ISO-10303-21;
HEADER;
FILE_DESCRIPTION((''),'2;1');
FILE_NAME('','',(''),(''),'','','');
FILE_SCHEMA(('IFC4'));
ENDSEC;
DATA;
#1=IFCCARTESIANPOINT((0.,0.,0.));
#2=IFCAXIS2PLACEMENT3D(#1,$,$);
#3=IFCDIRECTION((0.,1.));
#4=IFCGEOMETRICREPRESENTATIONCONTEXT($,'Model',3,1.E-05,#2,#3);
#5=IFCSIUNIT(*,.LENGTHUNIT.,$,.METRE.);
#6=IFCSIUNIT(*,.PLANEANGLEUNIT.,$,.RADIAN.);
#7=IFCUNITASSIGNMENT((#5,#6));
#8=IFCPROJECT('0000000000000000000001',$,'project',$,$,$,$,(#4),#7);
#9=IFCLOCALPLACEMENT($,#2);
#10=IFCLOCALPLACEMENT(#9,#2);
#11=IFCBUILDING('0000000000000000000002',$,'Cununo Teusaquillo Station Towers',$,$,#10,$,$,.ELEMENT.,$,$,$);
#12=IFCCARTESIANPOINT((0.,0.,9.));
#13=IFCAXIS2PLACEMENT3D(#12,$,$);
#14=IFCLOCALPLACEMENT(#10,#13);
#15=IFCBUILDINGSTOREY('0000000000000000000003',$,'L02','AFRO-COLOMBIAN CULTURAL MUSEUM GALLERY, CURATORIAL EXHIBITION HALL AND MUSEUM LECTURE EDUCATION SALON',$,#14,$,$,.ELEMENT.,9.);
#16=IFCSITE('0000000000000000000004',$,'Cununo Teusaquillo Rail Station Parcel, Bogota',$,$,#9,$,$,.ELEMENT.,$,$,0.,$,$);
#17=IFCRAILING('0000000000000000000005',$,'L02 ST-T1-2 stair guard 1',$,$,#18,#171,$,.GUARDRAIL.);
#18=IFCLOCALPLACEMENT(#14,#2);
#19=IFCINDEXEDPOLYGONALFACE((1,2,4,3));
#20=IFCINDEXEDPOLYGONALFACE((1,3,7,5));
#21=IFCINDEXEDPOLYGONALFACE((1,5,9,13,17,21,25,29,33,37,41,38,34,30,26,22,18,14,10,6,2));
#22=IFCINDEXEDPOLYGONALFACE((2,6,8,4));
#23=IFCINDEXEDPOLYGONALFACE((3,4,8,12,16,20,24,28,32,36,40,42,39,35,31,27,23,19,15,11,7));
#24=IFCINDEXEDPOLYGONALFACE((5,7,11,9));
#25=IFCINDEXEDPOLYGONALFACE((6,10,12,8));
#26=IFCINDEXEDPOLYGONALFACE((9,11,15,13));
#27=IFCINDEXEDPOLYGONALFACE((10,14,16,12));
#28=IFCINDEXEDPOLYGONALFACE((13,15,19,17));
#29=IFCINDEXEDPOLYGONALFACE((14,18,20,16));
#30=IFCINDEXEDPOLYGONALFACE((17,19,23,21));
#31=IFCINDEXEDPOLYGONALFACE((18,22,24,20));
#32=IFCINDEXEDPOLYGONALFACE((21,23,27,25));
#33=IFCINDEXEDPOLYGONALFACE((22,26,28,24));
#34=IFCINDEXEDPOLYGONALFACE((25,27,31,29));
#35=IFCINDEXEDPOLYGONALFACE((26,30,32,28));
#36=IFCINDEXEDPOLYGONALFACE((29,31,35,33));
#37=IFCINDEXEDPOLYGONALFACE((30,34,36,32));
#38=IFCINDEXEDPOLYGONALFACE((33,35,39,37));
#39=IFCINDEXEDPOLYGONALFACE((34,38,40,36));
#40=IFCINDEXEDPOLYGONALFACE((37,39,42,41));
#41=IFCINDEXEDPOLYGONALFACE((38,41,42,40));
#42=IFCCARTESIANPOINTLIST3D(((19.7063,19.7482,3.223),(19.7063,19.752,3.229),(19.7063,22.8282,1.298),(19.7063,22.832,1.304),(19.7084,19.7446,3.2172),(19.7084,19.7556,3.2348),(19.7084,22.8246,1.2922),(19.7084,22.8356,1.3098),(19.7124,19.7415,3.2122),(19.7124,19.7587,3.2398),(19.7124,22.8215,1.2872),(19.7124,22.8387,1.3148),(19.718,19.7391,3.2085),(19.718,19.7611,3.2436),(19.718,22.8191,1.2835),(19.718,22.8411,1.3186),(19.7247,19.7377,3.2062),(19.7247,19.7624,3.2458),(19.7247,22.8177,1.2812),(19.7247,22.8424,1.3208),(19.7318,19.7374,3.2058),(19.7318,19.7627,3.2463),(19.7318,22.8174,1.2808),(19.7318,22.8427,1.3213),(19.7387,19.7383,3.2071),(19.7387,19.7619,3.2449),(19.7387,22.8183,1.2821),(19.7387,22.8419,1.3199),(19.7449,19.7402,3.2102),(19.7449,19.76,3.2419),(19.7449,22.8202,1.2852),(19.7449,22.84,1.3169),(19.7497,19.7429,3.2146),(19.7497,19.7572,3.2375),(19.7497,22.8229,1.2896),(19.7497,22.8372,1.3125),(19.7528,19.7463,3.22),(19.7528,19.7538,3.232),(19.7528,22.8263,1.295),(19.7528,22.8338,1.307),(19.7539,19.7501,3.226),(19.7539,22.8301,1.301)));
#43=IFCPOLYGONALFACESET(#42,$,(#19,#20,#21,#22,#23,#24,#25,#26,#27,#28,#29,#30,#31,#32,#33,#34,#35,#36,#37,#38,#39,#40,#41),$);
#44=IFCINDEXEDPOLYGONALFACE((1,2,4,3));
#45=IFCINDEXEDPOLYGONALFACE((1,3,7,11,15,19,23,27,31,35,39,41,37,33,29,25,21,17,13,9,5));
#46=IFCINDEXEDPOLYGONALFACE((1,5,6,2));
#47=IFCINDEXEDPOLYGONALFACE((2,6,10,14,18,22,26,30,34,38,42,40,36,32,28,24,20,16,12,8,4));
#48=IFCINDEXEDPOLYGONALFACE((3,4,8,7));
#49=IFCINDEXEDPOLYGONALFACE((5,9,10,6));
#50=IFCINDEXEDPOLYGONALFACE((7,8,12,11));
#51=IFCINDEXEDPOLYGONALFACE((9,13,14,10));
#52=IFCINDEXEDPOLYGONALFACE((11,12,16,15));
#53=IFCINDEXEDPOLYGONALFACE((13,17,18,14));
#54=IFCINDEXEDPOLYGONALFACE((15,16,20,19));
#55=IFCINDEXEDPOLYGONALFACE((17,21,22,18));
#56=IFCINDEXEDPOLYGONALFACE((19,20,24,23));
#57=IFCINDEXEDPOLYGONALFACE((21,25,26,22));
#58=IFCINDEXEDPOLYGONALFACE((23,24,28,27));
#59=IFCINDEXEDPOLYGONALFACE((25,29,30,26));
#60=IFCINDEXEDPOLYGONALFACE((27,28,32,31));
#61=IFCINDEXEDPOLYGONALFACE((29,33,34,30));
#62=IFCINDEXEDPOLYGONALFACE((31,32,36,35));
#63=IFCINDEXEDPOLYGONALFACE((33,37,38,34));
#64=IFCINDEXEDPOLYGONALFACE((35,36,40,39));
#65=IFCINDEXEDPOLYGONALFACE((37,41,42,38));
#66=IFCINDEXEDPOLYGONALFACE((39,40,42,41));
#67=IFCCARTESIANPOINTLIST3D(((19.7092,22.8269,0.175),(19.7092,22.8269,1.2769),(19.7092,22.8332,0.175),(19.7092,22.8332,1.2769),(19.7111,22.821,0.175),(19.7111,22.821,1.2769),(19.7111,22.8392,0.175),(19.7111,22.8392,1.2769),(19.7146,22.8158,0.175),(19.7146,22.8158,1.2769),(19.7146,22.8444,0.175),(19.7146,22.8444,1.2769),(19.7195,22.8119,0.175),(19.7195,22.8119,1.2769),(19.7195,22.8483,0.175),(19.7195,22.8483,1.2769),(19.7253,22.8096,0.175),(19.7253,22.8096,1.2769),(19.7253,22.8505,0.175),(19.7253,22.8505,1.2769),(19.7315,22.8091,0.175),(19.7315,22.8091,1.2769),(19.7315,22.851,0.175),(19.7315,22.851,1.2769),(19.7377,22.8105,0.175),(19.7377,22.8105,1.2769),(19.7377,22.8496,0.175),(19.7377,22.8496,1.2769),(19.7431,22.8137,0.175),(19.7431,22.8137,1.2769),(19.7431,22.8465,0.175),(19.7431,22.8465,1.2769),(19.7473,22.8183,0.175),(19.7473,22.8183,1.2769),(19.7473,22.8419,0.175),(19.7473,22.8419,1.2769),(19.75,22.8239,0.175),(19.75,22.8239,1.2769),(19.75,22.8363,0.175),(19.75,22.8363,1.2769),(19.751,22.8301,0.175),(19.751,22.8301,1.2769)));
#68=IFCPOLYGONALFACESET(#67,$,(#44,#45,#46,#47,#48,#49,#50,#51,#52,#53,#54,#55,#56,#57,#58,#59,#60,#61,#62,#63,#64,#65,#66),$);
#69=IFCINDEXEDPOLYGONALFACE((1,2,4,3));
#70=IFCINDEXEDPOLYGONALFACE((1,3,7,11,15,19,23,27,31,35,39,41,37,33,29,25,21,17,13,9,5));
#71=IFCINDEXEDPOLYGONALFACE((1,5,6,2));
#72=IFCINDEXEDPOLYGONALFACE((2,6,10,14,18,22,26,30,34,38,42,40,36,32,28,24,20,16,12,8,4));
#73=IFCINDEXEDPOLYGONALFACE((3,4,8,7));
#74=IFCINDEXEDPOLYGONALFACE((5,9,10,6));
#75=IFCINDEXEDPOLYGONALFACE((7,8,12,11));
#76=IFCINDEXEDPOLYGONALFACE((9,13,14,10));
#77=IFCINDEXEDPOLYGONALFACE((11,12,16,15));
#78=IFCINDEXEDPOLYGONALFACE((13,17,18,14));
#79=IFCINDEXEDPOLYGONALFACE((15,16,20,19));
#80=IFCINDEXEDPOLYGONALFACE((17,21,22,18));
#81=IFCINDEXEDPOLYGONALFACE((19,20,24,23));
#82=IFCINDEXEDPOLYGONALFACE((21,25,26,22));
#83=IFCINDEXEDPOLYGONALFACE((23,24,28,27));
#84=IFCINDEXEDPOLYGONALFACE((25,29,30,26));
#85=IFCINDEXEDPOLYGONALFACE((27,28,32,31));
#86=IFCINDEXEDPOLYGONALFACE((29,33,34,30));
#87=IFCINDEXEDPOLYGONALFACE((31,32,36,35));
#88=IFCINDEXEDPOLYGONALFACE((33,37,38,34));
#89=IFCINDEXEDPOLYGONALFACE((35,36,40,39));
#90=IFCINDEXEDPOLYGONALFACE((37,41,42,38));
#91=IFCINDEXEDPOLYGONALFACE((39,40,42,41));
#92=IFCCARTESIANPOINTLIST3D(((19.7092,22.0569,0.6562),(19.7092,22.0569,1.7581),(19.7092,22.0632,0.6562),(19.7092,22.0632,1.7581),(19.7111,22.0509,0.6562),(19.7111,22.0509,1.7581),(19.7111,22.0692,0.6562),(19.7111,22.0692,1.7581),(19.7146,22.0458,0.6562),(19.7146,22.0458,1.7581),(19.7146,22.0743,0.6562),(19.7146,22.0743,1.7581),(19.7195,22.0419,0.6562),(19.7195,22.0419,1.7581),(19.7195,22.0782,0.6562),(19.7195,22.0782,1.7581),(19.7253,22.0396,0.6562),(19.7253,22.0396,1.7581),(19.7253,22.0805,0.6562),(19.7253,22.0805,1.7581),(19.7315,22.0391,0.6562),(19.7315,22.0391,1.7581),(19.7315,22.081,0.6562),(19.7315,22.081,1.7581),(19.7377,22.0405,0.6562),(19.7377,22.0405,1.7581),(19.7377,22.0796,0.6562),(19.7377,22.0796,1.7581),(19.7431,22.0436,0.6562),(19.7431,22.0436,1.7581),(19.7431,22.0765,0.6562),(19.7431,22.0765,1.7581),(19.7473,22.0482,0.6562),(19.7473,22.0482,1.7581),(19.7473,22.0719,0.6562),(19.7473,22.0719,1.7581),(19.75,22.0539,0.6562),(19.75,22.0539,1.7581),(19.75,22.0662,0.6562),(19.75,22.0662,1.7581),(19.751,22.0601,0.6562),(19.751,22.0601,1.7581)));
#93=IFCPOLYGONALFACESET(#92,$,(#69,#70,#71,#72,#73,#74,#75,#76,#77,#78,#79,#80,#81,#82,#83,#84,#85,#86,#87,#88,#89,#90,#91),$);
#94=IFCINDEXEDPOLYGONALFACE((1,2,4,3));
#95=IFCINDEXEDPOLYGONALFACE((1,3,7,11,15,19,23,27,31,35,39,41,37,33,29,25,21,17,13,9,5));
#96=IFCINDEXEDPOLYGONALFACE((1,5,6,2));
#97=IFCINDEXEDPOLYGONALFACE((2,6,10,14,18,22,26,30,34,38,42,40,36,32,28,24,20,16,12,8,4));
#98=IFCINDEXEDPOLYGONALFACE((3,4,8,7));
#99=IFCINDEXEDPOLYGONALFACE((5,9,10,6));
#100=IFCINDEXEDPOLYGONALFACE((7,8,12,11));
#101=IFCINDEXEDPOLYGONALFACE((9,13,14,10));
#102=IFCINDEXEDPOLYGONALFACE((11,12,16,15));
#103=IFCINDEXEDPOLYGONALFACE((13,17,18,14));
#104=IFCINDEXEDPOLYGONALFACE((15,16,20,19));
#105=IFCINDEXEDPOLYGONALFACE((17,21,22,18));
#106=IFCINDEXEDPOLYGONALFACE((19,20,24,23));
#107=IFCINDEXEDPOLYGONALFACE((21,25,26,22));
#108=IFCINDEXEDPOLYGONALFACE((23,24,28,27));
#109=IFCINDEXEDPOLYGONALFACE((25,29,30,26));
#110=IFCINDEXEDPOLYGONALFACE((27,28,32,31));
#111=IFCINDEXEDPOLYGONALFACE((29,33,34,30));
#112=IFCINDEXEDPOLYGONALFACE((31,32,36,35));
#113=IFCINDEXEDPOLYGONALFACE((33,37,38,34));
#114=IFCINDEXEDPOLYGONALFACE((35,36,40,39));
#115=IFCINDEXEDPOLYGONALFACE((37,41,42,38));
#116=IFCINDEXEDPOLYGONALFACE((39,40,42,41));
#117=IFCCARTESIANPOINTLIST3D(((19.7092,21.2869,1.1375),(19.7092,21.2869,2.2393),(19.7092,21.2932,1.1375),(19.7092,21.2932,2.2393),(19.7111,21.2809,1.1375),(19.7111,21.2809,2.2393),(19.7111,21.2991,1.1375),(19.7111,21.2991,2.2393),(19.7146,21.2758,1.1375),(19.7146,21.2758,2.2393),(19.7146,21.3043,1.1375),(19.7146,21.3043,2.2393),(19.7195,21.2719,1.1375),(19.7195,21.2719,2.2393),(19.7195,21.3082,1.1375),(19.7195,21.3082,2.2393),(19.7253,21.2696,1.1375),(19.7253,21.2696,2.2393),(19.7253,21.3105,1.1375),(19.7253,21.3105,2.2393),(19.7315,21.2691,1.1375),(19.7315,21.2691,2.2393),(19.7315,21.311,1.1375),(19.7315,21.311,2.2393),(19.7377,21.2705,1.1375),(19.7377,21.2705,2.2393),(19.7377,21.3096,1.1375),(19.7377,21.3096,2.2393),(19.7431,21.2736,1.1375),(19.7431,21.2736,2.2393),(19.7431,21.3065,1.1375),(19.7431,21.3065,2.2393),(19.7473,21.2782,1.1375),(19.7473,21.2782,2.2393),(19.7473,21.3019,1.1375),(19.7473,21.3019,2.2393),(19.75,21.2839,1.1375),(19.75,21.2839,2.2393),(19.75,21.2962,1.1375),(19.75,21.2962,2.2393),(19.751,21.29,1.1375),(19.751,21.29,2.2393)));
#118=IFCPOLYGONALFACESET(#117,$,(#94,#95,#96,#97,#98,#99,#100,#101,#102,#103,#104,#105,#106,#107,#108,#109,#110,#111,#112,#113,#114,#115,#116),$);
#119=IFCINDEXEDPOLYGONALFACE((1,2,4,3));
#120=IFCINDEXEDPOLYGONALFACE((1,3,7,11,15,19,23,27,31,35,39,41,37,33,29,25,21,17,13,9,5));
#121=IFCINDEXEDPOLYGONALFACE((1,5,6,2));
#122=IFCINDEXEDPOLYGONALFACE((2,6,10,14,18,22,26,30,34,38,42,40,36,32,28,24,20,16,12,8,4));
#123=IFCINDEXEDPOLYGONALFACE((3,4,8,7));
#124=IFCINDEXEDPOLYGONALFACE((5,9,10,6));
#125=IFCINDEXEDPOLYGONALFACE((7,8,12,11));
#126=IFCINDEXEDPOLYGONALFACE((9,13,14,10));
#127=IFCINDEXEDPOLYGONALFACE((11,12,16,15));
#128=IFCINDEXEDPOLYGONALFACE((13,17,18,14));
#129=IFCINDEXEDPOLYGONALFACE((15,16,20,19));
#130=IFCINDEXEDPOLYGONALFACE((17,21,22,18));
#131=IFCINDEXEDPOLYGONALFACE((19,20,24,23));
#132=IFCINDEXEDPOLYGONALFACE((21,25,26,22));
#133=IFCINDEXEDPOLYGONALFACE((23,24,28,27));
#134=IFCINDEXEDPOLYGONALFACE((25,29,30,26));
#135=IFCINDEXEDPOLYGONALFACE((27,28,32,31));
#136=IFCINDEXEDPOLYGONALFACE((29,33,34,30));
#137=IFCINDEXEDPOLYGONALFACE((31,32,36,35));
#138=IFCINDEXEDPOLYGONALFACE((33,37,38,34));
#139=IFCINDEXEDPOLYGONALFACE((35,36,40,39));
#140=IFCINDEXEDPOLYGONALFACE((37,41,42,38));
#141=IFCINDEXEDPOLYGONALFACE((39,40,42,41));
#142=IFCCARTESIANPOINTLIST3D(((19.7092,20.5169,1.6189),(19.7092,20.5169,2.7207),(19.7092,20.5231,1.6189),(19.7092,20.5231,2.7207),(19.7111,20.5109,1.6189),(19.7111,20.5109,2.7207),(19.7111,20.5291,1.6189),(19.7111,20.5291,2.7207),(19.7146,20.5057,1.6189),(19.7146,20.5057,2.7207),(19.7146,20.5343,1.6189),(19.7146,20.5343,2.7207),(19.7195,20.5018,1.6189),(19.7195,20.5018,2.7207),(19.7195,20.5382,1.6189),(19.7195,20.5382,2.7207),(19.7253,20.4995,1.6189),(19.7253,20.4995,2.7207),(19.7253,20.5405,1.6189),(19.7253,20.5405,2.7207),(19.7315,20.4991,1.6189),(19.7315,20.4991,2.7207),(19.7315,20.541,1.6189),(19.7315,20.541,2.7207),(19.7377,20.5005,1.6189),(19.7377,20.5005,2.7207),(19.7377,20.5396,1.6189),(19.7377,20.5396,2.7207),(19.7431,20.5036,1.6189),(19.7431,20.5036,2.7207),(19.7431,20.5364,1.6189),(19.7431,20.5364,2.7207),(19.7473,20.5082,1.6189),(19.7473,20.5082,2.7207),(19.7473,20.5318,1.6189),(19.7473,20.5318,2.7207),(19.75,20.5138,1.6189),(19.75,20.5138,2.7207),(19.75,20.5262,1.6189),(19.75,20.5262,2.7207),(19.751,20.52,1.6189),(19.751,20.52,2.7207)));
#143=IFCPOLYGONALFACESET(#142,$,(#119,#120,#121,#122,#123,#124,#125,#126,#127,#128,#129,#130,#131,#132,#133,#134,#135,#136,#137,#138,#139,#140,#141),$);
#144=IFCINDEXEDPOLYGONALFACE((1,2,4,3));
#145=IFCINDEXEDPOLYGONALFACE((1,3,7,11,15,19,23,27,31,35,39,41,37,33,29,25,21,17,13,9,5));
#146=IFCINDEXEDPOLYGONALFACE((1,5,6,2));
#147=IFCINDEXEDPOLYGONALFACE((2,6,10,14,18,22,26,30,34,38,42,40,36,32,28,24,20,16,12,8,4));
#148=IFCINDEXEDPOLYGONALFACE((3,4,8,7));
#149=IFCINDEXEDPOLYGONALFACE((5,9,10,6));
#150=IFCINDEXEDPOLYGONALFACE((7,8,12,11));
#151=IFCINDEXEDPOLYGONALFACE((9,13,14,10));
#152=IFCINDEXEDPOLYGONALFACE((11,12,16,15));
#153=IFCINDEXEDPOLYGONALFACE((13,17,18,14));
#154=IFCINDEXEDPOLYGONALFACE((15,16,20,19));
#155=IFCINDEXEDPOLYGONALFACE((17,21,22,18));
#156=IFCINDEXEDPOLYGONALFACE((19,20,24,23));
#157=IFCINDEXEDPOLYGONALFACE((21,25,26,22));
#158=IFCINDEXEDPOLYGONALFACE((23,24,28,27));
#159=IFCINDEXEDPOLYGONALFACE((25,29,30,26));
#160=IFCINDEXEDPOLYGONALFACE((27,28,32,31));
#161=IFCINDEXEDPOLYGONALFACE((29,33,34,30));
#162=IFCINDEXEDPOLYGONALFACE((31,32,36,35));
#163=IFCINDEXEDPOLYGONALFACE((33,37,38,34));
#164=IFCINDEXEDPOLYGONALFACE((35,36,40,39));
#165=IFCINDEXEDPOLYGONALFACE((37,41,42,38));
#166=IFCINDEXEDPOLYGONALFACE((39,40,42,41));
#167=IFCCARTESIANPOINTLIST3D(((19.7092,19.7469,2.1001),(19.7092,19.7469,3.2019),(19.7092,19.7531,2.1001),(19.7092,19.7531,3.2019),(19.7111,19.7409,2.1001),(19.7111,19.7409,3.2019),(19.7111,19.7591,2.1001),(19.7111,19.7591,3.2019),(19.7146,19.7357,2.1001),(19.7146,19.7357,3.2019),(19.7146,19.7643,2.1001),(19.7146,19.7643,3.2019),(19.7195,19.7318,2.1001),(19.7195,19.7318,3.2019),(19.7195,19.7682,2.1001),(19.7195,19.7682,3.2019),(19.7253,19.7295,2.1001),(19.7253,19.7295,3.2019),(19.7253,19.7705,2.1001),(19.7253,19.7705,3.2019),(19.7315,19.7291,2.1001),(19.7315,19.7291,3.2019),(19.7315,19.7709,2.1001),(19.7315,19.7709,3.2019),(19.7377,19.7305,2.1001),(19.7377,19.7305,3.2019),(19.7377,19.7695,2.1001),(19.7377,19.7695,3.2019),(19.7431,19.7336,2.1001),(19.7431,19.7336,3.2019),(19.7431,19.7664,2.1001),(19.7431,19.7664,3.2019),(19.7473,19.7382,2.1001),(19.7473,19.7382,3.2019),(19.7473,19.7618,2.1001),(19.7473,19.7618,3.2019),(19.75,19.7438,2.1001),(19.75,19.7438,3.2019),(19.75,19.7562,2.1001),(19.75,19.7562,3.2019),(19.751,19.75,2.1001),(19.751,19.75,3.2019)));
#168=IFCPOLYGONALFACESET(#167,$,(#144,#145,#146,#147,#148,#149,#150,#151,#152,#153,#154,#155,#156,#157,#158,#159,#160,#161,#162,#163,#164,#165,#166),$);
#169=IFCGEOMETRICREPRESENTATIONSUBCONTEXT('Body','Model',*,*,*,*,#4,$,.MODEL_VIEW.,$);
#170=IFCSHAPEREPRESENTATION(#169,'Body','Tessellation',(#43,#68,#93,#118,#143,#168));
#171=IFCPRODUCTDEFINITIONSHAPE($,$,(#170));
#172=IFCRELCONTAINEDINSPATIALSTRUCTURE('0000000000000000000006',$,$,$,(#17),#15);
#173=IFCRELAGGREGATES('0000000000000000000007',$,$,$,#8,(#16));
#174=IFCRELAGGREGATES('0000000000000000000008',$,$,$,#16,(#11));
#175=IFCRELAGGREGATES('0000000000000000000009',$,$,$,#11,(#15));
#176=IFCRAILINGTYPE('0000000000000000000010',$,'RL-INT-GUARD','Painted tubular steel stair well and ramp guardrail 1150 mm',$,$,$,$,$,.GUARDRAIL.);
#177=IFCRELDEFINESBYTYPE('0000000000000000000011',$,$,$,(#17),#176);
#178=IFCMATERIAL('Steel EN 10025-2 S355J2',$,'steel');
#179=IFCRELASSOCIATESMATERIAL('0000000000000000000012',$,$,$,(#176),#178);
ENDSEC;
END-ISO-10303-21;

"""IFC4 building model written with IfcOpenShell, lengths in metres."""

from ifc_helpers import new_model, si_unit, direction, frame, origin, origin_2d, place, context, subcontext, project, spatial, circle, extrude, material, type_object, element, save


model = new_model("IFC4")

# Units and contexts
model_context = context("Model", 3, precision=1e-05, world=origin(), true_north=direction((0.0, 1.0)))
body_context = subcontext(model_context, "Body", "Model", "MODEL_VIEW")
ifc_project = project(units=[si_unit("LENGTHUNIT", "METRE"), si_unit("PLANEANGLEUNIT", "RADIAN")], contexts=[model_context])

# Site, building, storey
site_placement = place(None, origin())
site = spatial("IfcSite", under=ifc_project, at=site_placement, Name="Cununo Teusaquillo Rail Station Parcel, Bogota", CompositionType="ELEMENT", RefElevation=0.0)
building_placement = place(site_placement, origin())
building = spatial("IfcBuilding", under=site, at=building_placement, Name="Cununo Teusaquillo Station Towers", CompositionType="ELEMENT")
storey_placement = place(building_placement, frame((0.0, 0.0, 9.0)))
storey = spatial("IfcBuildingStorey", under=building, at=storey_placement, Name="L02", Description="AFRO-COLOMBIAN CULTURAL MUSEUM GALLERY, CURATORIAL EXHIBITION HALL AND MUSEUM LECTURE EDUCATION SALON", CompositionType="ELEMENT", Elevation=9.0)

# Railing
ifc_material_1 = material(Name="Steel EN 10025-2 S355J2", Category="steel")
railing_type_1 = type_object("IfcRailingType", Name="RL-INT-GUARD", Description="Painted tubular steel stair well and ramp guardrail 1150 mm", PredefinedType="GUARDRAIL", material=ifc_material_1)
railing_1_placement = place(storey_placement, frame((19.73, 22.8301, 0.175)))
element("IfcRailing", 1, at=railing_1_placement, inside=storey, type_object=railing_type_1, Name="L02 ST-T1-2 stair guard 1", PredefinedType="GUARDRAIL", context=body_context, shape_type="SweptSolid", body=[
    extrude(circle(Radius=0.0239, at=origin_2d()), frame((0.0, 0.0, 1.126), z_axis=(0.0, -0.847998, 0.529999), x_axis=(1.0, 0.0, 0.0)), (0.0, 0.0, 1.0), 3.6321),
    extrude(circle(Radius=0.021, at=origin_2d()), origin(), (0.0, 0.0, 1.0), 1.1018),
    extrude(circle(Radius=0.021, at=origin_2d()), frame((0.0, -0.77, 0.4812)), (0.0, 0.0, 1.0), 1.1018),
    extrude(circle(Radius=0.021, at=origin_2d()), frame((0.0, -1.54, 0.9624)), (0.0, 0.0, 1.0), 1.1018),
    extrude(circle(Radius=0.021, at=origin_2d()), frame((0.0, -2.3101, 1.4438)), (0.0, 0.0, 1.0), 1.1018),
    extrude(circle(Radius=0.021, at=origin_2d()), frame((0.0, -3.0801, 1.925)), (0.0, 0.0, 1.0), 1.1018),
])

save(model, "model.ifc")
